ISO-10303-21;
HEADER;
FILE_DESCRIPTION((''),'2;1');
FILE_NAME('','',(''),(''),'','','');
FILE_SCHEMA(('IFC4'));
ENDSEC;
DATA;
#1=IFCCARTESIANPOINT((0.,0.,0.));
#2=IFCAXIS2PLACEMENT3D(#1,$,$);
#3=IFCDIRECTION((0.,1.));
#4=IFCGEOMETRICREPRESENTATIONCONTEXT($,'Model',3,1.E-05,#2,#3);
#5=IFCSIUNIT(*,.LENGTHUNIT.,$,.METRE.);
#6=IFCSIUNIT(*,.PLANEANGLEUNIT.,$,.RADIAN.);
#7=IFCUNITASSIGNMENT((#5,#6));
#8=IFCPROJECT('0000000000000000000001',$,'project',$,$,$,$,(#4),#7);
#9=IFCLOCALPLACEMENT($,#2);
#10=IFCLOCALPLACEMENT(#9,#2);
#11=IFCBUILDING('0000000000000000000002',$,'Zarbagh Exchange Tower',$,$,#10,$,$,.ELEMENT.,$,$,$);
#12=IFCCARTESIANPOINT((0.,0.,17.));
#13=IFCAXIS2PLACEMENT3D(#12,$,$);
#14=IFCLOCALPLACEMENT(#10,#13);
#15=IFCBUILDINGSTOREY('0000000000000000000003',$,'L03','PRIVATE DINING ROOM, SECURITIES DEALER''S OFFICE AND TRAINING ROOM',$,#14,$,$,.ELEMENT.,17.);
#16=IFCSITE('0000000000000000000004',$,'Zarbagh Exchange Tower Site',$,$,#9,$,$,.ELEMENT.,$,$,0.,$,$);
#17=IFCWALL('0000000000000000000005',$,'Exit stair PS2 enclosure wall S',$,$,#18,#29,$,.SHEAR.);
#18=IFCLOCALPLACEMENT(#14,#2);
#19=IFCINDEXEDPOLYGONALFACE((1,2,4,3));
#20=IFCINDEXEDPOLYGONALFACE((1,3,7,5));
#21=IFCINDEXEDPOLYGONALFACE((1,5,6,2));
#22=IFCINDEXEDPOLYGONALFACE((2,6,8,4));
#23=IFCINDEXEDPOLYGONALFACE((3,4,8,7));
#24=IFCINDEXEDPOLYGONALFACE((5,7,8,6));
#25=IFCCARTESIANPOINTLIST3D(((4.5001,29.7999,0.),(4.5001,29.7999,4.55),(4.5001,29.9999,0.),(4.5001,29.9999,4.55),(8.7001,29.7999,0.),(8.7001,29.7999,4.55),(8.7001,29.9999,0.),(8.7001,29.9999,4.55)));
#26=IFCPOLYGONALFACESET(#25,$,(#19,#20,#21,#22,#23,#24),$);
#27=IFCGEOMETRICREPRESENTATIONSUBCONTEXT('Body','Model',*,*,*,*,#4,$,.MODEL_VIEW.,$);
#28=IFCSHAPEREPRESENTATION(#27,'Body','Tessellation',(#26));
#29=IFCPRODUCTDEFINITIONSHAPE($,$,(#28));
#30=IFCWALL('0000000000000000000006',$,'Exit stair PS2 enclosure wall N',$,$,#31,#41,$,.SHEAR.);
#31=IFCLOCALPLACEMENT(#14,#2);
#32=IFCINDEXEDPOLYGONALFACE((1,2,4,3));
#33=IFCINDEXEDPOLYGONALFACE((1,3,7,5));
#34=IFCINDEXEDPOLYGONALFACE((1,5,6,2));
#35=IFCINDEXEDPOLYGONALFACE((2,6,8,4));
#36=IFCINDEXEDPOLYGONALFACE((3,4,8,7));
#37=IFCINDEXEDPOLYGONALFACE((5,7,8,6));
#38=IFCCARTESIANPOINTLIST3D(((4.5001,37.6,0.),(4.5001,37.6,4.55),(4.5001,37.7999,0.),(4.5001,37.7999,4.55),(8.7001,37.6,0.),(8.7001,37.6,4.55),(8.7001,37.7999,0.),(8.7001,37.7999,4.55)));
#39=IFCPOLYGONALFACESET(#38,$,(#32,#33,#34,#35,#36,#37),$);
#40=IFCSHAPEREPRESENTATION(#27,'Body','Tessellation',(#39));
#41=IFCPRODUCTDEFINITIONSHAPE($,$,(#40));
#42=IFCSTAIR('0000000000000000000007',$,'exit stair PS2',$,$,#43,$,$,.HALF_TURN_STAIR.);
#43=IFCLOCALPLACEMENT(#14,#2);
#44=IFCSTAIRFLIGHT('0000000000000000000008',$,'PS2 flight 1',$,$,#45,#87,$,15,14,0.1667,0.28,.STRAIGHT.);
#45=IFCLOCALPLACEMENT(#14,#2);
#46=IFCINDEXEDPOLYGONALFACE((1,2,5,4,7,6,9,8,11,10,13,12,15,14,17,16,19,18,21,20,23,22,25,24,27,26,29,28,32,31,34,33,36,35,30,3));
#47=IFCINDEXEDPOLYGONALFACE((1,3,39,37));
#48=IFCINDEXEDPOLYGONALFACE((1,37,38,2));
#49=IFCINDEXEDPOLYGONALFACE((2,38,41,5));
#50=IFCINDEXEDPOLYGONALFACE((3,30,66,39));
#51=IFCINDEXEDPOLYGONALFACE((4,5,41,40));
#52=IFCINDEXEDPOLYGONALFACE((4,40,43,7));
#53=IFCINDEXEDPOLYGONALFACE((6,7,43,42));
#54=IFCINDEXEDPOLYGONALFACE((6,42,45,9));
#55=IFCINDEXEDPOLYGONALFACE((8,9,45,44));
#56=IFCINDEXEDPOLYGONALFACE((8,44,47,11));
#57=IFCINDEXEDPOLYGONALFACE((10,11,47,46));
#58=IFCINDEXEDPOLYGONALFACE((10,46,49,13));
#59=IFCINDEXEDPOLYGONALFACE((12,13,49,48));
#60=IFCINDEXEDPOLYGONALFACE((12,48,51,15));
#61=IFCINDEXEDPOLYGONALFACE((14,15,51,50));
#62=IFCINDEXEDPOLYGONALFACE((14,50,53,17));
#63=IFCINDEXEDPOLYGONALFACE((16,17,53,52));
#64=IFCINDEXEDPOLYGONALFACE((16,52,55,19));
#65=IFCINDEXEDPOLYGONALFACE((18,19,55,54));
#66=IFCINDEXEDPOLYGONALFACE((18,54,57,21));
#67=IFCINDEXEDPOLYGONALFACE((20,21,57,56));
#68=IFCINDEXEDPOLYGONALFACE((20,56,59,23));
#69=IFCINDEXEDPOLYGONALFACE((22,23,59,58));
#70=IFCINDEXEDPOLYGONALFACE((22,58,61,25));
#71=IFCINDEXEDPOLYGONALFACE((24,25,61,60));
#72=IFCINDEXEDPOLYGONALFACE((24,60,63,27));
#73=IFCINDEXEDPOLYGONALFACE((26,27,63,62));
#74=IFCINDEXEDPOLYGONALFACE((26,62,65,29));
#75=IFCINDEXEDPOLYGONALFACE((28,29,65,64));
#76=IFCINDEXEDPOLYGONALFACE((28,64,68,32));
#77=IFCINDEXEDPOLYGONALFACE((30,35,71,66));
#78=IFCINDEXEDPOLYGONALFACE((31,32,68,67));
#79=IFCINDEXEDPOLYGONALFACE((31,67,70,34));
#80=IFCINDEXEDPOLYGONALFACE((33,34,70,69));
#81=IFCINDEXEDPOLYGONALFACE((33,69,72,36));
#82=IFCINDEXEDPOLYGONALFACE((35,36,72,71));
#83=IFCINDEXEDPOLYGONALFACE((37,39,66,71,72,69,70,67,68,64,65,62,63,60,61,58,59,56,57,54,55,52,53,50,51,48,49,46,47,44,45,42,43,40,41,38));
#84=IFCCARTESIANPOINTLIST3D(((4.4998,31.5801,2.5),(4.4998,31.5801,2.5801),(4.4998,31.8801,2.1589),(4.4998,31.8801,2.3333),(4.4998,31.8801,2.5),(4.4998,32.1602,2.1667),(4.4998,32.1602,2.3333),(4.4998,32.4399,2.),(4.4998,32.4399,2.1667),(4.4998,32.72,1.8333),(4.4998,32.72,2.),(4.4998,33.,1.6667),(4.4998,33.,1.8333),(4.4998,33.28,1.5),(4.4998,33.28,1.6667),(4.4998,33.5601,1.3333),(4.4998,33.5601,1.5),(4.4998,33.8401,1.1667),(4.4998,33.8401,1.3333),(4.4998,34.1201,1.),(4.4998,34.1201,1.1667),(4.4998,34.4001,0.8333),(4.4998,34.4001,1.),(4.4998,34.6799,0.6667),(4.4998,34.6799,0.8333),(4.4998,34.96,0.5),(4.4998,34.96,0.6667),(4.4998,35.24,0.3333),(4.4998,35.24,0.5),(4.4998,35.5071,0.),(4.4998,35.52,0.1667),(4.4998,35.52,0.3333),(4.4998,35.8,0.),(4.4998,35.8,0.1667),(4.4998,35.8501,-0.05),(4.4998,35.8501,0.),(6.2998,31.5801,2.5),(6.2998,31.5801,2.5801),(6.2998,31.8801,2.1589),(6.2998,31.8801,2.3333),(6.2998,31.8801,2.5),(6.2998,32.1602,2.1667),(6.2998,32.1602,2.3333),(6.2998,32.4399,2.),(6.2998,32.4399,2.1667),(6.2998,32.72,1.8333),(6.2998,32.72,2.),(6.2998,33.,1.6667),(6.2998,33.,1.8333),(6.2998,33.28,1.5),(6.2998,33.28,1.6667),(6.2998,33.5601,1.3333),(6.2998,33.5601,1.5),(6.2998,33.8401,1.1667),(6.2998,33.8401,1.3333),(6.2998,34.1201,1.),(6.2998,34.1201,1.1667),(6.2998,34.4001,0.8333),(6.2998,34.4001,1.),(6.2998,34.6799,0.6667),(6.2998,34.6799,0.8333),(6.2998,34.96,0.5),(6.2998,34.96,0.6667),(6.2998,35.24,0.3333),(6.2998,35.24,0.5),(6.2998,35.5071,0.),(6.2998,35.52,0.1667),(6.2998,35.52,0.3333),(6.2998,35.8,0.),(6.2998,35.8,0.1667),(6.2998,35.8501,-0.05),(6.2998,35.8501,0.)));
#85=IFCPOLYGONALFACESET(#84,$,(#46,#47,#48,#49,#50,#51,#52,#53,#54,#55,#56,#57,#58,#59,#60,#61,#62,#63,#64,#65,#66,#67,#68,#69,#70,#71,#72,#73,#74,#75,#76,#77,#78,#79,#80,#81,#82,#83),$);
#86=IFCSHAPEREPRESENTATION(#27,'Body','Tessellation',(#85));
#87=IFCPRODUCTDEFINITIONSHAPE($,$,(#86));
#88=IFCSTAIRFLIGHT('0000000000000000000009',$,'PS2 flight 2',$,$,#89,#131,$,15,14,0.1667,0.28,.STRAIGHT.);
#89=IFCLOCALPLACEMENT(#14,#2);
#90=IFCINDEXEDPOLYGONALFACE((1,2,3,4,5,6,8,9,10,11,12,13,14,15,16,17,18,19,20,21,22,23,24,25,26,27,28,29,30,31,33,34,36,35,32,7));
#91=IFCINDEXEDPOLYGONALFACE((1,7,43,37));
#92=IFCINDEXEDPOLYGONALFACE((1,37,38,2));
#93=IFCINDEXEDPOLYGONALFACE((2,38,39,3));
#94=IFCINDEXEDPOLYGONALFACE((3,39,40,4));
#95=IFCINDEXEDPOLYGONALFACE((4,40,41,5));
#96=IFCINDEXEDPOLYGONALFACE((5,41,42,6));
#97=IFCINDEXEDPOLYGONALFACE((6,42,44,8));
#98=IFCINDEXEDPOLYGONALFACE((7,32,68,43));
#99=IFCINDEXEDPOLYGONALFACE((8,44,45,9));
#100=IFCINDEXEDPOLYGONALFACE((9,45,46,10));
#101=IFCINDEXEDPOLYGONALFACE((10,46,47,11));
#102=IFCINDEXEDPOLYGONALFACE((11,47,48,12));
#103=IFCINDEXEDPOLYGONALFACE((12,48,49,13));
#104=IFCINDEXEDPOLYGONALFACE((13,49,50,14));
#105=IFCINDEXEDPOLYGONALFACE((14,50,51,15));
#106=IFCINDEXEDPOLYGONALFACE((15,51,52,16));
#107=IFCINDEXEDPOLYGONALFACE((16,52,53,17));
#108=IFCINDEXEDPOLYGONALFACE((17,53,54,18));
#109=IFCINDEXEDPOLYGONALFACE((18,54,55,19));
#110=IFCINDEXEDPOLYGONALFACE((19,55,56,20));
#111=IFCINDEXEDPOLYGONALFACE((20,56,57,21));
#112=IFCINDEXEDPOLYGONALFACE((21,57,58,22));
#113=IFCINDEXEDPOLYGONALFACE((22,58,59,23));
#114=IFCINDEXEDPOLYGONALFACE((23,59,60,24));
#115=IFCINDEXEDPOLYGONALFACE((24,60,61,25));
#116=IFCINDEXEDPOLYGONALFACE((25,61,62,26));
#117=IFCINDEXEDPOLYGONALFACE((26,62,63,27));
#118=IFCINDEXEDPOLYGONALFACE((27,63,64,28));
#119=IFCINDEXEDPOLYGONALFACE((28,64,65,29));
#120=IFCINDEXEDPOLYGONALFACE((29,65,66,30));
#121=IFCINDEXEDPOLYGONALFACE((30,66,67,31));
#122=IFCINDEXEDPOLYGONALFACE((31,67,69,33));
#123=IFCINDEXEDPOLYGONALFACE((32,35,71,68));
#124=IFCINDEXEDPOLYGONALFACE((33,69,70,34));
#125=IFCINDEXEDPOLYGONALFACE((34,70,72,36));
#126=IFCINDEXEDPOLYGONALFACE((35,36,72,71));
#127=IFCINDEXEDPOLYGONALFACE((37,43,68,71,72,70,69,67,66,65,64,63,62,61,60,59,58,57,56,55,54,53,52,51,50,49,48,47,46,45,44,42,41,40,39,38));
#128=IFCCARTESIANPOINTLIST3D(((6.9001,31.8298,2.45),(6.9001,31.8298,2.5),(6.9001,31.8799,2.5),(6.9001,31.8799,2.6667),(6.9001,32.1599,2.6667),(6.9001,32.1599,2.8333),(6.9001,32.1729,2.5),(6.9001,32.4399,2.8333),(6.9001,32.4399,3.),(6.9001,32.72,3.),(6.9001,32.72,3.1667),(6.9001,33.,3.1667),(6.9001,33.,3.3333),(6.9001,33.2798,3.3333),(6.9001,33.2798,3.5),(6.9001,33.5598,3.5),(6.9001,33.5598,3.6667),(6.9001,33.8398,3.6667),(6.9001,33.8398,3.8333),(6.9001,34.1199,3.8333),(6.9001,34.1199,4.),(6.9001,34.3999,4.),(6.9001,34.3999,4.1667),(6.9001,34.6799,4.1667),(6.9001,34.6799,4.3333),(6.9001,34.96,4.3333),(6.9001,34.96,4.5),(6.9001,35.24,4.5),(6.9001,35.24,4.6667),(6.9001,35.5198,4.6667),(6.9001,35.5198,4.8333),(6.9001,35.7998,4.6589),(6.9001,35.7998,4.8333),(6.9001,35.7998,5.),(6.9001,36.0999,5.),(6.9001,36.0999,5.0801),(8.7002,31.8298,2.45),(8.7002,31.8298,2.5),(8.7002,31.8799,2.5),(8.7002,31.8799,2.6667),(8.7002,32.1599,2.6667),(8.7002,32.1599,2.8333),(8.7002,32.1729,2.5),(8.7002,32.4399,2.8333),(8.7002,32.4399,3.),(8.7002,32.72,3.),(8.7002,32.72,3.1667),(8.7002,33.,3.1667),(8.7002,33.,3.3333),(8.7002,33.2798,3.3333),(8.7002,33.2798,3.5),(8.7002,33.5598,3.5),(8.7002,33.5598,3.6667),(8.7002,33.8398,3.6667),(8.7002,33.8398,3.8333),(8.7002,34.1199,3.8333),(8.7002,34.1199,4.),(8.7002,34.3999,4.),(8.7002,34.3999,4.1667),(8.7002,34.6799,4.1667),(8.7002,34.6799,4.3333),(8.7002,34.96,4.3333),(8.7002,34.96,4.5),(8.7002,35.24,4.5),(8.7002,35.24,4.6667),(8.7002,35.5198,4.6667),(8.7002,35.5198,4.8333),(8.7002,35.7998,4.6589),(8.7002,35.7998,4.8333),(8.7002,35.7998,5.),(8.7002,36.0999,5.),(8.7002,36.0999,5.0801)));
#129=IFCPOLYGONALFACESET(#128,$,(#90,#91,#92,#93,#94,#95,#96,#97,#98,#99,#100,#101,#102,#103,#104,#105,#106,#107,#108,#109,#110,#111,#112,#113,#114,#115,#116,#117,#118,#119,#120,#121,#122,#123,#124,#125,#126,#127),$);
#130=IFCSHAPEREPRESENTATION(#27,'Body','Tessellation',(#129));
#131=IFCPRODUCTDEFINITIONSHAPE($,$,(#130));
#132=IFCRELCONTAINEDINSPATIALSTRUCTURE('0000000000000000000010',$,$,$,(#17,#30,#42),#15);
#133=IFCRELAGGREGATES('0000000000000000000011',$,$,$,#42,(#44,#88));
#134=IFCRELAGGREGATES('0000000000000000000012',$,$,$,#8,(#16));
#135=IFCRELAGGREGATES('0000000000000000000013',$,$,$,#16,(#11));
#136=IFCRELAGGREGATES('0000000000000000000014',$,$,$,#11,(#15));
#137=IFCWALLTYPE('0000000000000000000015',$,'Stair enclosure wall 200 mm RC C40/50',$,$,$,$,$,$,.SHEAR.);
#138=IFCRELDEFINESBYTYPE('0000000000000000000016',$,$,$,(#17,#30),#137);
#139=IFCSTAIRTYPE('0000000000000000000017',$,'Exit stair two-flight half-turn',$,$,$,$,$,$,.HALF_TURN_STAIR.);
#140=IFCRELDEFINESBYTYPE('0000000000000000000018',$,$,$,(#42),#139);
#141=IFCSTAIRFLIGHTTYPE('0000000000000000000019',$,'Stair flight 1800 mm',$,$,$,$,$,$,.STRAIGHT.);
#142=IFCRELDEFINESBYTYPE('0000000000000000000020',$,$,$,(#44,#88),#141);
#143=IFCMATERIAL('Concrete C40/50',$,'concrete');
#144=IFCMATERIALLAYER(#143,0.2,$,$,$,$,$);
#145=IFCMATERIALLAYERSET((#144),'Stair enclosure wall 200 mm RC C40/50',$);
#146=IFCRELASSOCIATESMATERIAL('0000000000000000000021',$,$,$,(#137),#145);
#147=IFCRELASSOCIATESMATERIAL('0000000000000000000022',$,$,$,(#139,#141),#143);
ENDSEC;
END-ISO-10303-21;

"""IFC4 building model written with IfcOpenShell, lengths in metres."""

from ifc_helpers import new_model, si_unit, direction, frame, frame_2d, origin, place, context, subcontext, project, spatial, polyline, rectangle, outline, extrude, material, layer, layer_set, type_object, element, aggregate, save


model = new_model("IFC4")

# Units and contexts
model_context = context("Model", 3, precision=1e-05, world=origin(), true_north=direction((0.0, 1.0)))
body_context = subcontext(model_context, "Body", "Model", "MODEL_VIEW")
ifc_project = project(units=[si_unit("LENGTHUNIT", "METRE"), si_unit("PLANEANGLEUNIT", "RADIAN")], contexts=[model_context])

# Site, building, storey
site_placement = place(None, origin())
site = spatial("IfcSite", under=ifc_project, at=site_placement, Name="Zarbagh Exchange Tower Site", CompositionType="ELEMENT", RefElevation=0.0)
building_placement = place(site_placement, origin())
building = spatial("IfcBuilding", under=site, at=building_placement, Name="Zarbagh Exchange Tower", CompositionType="ELEMENT")
storey_placement = place(building_placement, frame((0.0, 0.0, 17.0)))
storey = spatial("IfcBuildingStorey", under=building, at=storey_placement, Name="L03", Description="PRIVATE DINING ROOM, SECURITIES DEALER'S OFFICE AND TRAINING ROOM", CompositionType="ELEMENT", Elevation=17.0)

# Shared definitions
ifc_material_1 = material(Name="Concrete C40/50", Category="concrete")
ifc_layer_1 = layer(ifc_material_1, 0.2)
ifc_layer_set_1 = layer_set([ifc_layer_1], Name="Stair enclosure wall 200 mm RC C40/50")
wall_type_1 = type_object("IfcWallType", Name="Stair enclosure wall 200 mm RC C40/50", PredefinedType="SHEAR", material=ifc_layer_set_1)

# Walls
for number, where, z_axis, x_axis, name in (
    (1, (4.5, 29.8999, 0.0), (0.0, 0.0, 1.0), (1.0, 0.0, 0.0), "Exit stair PS2 enclosure wall S"),
    (2, (4.5, 37.7, 0.0), (0.0, 0.0, 1.0), (1.0, 0.0, 0.0), "Exit stair PS2 enclosure wall N"),
):
    element("IfcWall", number, at=place(storey_placement, frame(where, z_axis=z_axis, x_axis=x_axis)), inside=storey, type_object=wall_type_1, Name=name, PredefinedType="SHEAR", context=body_context, shape_type="SweptSolid", body=[
        extrude(rectangle(XDim=4.2, YDim=0.2, at=frame_2d((2.1001, 0.0))), origin(), (0.0, 0.0, 1.0), 4.55),
    ])

# Stair, stair flights
stair_type = type_object("IfcStairType", Name="Exit stair two-flight half-turn", PredefinedType="HALF_TURN_STAIR", material=ifc_material_1)
stair_placement = place(storey_placement, origin())
stair = element("IfcStair", 3, at=stair_placement, inside=storey, type_object=stair_type, Name="exit stair PS2", PredefinedType="HALF_TURN_STAIR")
stair_flight_type = type_object("IfcStairFlightType", Name="Stair flight 1800 mm", PredefinedType="STRAIGHT", material=ifc_material_1)
stair_flight_1_placement = place(storey_placement, frame((5.3999, 35.8, 0.0), z_axis=(0.0, 0.0, 1.0), x_axis=(0.0, -1.0, 0.0)))
stair_flight_1 = element("IfcStairFlight", 4, at=stair_flight_1_placement, type_object=stair_flight_type, Name="PS2 flight 1", NumberOfRisers=15, NumberOfTreads=14, PredefinedType="STRAIGHT", RiserHeight=0.1667, TreadLength=0.28, context=body_context, shape_type="SweptSolid", body=[
    extrude(outline(polyline([(-0.05, -0.05), (-0.05, 0.0), (0.0, 0.0), (0.0, 0.1667), (0.28, 0.1667), (0.28, 0.3333), (0.5601, 0.3333), (0.5601, 0.5), (0.8401, 0.5), (0.8401, 0.6667), (1.1201, 0.6667), (1.1201, 0.8333), (1.3999, 0.8333), (1.3999, 1.0), (1.6799, 1.0), (1.6799, 1.1667), (1.96, 1.1667), (1.96, 1.3333), (2.24, 1.3333), (2.24, 1.5), (2.52, 1.5), (2.52, 1.6667), (2.8, 1.6667), (2.8, 1.8333), (3.0801, 1.8333), (3.0801, 2.0), (3.3601, 2.0), (3.3601, 2.1667), (3.6399, 2.1667), (3.6399, 2.3333), (3.9199, 2.3333), (3.9199, 2.5), (4.22, 2.5801), (4.22, 2.5), (3.9199, 2.1589), (0.293, 0.0), (-0.05, -0.05)])), frame((0.0, 0.8999, 0.0), z_axis=(0.0, -1.0, 0.0), x_axis=(1.0, 0.0, 0.0)), (0.0, 0.0, 1.0), 1.8),
])
stair_flight_2_placement = place(storey_placement, frame((7.8, 31.8799, 2.5), z_axis=(0.0, 0.0, 1.0), x_axis=(0.0, 1.0, 0.0)))
stair_flight_2 = element("IfcStairFlight", 5, at=stair_flight_2_placement, type_object=stair_flight_type, Name="PS2 flight 2", NumberOfRisers=15, NumberOfTreads=14, PredefinedType="STRAIGHT", RiserHeight=0.1667, TreadLength=0.28, context=body_context, shape_type="SweptSolid", body=[
    extrude(outline(polyline([(-0.05, -0.05), (-0.05, 0.0), (0.0, 0.0), (0.0, 0.1667), (0.28, 0.1667), (0.28, 0.3333), (0.5601, 0.3333), (0.5601, 0.5), (0.8401, 0.5), (0.8401, 0.6667), (1.1201, 0.6667), (1.1201, 0.8333), (1.3999, 0.8333), (1.3999, 1.0), (1.6799, 1.0), (1.6799, 1.1667), (1.96, 1.1667), (1.96, 1.3333), (2.24, 1.3333), (2.24, 1.5), (2.52, 1.5), (2.52, 1.6667), (2.8, 1.6667), (2.8, 1.8333), (3.0801, 1.8333), (3.0801, 2.0), (3.3601, 2.0), (3.3601, 2.1667), (3.6399, 2.1667), (3.6399, 2.3333), (3.9199, 2.3333), (3.9199, 2.5), (4.22, 2.5801), (4.22, 2.5), (3.9199, 2.1589), (0.293, 0.0), (-0.05, -0.05)])), frame((0.0, 0.8999, 0.0), z_axis=(0.0, -1.0, 0.0), x_axis=(1.0, 0.0, 0.0)), (0.0, 0.0, 1.0), 1.8),
])
aggregate(stair, [stair_flight_1, stair_flight_2])

save(model, "model.ifc")
